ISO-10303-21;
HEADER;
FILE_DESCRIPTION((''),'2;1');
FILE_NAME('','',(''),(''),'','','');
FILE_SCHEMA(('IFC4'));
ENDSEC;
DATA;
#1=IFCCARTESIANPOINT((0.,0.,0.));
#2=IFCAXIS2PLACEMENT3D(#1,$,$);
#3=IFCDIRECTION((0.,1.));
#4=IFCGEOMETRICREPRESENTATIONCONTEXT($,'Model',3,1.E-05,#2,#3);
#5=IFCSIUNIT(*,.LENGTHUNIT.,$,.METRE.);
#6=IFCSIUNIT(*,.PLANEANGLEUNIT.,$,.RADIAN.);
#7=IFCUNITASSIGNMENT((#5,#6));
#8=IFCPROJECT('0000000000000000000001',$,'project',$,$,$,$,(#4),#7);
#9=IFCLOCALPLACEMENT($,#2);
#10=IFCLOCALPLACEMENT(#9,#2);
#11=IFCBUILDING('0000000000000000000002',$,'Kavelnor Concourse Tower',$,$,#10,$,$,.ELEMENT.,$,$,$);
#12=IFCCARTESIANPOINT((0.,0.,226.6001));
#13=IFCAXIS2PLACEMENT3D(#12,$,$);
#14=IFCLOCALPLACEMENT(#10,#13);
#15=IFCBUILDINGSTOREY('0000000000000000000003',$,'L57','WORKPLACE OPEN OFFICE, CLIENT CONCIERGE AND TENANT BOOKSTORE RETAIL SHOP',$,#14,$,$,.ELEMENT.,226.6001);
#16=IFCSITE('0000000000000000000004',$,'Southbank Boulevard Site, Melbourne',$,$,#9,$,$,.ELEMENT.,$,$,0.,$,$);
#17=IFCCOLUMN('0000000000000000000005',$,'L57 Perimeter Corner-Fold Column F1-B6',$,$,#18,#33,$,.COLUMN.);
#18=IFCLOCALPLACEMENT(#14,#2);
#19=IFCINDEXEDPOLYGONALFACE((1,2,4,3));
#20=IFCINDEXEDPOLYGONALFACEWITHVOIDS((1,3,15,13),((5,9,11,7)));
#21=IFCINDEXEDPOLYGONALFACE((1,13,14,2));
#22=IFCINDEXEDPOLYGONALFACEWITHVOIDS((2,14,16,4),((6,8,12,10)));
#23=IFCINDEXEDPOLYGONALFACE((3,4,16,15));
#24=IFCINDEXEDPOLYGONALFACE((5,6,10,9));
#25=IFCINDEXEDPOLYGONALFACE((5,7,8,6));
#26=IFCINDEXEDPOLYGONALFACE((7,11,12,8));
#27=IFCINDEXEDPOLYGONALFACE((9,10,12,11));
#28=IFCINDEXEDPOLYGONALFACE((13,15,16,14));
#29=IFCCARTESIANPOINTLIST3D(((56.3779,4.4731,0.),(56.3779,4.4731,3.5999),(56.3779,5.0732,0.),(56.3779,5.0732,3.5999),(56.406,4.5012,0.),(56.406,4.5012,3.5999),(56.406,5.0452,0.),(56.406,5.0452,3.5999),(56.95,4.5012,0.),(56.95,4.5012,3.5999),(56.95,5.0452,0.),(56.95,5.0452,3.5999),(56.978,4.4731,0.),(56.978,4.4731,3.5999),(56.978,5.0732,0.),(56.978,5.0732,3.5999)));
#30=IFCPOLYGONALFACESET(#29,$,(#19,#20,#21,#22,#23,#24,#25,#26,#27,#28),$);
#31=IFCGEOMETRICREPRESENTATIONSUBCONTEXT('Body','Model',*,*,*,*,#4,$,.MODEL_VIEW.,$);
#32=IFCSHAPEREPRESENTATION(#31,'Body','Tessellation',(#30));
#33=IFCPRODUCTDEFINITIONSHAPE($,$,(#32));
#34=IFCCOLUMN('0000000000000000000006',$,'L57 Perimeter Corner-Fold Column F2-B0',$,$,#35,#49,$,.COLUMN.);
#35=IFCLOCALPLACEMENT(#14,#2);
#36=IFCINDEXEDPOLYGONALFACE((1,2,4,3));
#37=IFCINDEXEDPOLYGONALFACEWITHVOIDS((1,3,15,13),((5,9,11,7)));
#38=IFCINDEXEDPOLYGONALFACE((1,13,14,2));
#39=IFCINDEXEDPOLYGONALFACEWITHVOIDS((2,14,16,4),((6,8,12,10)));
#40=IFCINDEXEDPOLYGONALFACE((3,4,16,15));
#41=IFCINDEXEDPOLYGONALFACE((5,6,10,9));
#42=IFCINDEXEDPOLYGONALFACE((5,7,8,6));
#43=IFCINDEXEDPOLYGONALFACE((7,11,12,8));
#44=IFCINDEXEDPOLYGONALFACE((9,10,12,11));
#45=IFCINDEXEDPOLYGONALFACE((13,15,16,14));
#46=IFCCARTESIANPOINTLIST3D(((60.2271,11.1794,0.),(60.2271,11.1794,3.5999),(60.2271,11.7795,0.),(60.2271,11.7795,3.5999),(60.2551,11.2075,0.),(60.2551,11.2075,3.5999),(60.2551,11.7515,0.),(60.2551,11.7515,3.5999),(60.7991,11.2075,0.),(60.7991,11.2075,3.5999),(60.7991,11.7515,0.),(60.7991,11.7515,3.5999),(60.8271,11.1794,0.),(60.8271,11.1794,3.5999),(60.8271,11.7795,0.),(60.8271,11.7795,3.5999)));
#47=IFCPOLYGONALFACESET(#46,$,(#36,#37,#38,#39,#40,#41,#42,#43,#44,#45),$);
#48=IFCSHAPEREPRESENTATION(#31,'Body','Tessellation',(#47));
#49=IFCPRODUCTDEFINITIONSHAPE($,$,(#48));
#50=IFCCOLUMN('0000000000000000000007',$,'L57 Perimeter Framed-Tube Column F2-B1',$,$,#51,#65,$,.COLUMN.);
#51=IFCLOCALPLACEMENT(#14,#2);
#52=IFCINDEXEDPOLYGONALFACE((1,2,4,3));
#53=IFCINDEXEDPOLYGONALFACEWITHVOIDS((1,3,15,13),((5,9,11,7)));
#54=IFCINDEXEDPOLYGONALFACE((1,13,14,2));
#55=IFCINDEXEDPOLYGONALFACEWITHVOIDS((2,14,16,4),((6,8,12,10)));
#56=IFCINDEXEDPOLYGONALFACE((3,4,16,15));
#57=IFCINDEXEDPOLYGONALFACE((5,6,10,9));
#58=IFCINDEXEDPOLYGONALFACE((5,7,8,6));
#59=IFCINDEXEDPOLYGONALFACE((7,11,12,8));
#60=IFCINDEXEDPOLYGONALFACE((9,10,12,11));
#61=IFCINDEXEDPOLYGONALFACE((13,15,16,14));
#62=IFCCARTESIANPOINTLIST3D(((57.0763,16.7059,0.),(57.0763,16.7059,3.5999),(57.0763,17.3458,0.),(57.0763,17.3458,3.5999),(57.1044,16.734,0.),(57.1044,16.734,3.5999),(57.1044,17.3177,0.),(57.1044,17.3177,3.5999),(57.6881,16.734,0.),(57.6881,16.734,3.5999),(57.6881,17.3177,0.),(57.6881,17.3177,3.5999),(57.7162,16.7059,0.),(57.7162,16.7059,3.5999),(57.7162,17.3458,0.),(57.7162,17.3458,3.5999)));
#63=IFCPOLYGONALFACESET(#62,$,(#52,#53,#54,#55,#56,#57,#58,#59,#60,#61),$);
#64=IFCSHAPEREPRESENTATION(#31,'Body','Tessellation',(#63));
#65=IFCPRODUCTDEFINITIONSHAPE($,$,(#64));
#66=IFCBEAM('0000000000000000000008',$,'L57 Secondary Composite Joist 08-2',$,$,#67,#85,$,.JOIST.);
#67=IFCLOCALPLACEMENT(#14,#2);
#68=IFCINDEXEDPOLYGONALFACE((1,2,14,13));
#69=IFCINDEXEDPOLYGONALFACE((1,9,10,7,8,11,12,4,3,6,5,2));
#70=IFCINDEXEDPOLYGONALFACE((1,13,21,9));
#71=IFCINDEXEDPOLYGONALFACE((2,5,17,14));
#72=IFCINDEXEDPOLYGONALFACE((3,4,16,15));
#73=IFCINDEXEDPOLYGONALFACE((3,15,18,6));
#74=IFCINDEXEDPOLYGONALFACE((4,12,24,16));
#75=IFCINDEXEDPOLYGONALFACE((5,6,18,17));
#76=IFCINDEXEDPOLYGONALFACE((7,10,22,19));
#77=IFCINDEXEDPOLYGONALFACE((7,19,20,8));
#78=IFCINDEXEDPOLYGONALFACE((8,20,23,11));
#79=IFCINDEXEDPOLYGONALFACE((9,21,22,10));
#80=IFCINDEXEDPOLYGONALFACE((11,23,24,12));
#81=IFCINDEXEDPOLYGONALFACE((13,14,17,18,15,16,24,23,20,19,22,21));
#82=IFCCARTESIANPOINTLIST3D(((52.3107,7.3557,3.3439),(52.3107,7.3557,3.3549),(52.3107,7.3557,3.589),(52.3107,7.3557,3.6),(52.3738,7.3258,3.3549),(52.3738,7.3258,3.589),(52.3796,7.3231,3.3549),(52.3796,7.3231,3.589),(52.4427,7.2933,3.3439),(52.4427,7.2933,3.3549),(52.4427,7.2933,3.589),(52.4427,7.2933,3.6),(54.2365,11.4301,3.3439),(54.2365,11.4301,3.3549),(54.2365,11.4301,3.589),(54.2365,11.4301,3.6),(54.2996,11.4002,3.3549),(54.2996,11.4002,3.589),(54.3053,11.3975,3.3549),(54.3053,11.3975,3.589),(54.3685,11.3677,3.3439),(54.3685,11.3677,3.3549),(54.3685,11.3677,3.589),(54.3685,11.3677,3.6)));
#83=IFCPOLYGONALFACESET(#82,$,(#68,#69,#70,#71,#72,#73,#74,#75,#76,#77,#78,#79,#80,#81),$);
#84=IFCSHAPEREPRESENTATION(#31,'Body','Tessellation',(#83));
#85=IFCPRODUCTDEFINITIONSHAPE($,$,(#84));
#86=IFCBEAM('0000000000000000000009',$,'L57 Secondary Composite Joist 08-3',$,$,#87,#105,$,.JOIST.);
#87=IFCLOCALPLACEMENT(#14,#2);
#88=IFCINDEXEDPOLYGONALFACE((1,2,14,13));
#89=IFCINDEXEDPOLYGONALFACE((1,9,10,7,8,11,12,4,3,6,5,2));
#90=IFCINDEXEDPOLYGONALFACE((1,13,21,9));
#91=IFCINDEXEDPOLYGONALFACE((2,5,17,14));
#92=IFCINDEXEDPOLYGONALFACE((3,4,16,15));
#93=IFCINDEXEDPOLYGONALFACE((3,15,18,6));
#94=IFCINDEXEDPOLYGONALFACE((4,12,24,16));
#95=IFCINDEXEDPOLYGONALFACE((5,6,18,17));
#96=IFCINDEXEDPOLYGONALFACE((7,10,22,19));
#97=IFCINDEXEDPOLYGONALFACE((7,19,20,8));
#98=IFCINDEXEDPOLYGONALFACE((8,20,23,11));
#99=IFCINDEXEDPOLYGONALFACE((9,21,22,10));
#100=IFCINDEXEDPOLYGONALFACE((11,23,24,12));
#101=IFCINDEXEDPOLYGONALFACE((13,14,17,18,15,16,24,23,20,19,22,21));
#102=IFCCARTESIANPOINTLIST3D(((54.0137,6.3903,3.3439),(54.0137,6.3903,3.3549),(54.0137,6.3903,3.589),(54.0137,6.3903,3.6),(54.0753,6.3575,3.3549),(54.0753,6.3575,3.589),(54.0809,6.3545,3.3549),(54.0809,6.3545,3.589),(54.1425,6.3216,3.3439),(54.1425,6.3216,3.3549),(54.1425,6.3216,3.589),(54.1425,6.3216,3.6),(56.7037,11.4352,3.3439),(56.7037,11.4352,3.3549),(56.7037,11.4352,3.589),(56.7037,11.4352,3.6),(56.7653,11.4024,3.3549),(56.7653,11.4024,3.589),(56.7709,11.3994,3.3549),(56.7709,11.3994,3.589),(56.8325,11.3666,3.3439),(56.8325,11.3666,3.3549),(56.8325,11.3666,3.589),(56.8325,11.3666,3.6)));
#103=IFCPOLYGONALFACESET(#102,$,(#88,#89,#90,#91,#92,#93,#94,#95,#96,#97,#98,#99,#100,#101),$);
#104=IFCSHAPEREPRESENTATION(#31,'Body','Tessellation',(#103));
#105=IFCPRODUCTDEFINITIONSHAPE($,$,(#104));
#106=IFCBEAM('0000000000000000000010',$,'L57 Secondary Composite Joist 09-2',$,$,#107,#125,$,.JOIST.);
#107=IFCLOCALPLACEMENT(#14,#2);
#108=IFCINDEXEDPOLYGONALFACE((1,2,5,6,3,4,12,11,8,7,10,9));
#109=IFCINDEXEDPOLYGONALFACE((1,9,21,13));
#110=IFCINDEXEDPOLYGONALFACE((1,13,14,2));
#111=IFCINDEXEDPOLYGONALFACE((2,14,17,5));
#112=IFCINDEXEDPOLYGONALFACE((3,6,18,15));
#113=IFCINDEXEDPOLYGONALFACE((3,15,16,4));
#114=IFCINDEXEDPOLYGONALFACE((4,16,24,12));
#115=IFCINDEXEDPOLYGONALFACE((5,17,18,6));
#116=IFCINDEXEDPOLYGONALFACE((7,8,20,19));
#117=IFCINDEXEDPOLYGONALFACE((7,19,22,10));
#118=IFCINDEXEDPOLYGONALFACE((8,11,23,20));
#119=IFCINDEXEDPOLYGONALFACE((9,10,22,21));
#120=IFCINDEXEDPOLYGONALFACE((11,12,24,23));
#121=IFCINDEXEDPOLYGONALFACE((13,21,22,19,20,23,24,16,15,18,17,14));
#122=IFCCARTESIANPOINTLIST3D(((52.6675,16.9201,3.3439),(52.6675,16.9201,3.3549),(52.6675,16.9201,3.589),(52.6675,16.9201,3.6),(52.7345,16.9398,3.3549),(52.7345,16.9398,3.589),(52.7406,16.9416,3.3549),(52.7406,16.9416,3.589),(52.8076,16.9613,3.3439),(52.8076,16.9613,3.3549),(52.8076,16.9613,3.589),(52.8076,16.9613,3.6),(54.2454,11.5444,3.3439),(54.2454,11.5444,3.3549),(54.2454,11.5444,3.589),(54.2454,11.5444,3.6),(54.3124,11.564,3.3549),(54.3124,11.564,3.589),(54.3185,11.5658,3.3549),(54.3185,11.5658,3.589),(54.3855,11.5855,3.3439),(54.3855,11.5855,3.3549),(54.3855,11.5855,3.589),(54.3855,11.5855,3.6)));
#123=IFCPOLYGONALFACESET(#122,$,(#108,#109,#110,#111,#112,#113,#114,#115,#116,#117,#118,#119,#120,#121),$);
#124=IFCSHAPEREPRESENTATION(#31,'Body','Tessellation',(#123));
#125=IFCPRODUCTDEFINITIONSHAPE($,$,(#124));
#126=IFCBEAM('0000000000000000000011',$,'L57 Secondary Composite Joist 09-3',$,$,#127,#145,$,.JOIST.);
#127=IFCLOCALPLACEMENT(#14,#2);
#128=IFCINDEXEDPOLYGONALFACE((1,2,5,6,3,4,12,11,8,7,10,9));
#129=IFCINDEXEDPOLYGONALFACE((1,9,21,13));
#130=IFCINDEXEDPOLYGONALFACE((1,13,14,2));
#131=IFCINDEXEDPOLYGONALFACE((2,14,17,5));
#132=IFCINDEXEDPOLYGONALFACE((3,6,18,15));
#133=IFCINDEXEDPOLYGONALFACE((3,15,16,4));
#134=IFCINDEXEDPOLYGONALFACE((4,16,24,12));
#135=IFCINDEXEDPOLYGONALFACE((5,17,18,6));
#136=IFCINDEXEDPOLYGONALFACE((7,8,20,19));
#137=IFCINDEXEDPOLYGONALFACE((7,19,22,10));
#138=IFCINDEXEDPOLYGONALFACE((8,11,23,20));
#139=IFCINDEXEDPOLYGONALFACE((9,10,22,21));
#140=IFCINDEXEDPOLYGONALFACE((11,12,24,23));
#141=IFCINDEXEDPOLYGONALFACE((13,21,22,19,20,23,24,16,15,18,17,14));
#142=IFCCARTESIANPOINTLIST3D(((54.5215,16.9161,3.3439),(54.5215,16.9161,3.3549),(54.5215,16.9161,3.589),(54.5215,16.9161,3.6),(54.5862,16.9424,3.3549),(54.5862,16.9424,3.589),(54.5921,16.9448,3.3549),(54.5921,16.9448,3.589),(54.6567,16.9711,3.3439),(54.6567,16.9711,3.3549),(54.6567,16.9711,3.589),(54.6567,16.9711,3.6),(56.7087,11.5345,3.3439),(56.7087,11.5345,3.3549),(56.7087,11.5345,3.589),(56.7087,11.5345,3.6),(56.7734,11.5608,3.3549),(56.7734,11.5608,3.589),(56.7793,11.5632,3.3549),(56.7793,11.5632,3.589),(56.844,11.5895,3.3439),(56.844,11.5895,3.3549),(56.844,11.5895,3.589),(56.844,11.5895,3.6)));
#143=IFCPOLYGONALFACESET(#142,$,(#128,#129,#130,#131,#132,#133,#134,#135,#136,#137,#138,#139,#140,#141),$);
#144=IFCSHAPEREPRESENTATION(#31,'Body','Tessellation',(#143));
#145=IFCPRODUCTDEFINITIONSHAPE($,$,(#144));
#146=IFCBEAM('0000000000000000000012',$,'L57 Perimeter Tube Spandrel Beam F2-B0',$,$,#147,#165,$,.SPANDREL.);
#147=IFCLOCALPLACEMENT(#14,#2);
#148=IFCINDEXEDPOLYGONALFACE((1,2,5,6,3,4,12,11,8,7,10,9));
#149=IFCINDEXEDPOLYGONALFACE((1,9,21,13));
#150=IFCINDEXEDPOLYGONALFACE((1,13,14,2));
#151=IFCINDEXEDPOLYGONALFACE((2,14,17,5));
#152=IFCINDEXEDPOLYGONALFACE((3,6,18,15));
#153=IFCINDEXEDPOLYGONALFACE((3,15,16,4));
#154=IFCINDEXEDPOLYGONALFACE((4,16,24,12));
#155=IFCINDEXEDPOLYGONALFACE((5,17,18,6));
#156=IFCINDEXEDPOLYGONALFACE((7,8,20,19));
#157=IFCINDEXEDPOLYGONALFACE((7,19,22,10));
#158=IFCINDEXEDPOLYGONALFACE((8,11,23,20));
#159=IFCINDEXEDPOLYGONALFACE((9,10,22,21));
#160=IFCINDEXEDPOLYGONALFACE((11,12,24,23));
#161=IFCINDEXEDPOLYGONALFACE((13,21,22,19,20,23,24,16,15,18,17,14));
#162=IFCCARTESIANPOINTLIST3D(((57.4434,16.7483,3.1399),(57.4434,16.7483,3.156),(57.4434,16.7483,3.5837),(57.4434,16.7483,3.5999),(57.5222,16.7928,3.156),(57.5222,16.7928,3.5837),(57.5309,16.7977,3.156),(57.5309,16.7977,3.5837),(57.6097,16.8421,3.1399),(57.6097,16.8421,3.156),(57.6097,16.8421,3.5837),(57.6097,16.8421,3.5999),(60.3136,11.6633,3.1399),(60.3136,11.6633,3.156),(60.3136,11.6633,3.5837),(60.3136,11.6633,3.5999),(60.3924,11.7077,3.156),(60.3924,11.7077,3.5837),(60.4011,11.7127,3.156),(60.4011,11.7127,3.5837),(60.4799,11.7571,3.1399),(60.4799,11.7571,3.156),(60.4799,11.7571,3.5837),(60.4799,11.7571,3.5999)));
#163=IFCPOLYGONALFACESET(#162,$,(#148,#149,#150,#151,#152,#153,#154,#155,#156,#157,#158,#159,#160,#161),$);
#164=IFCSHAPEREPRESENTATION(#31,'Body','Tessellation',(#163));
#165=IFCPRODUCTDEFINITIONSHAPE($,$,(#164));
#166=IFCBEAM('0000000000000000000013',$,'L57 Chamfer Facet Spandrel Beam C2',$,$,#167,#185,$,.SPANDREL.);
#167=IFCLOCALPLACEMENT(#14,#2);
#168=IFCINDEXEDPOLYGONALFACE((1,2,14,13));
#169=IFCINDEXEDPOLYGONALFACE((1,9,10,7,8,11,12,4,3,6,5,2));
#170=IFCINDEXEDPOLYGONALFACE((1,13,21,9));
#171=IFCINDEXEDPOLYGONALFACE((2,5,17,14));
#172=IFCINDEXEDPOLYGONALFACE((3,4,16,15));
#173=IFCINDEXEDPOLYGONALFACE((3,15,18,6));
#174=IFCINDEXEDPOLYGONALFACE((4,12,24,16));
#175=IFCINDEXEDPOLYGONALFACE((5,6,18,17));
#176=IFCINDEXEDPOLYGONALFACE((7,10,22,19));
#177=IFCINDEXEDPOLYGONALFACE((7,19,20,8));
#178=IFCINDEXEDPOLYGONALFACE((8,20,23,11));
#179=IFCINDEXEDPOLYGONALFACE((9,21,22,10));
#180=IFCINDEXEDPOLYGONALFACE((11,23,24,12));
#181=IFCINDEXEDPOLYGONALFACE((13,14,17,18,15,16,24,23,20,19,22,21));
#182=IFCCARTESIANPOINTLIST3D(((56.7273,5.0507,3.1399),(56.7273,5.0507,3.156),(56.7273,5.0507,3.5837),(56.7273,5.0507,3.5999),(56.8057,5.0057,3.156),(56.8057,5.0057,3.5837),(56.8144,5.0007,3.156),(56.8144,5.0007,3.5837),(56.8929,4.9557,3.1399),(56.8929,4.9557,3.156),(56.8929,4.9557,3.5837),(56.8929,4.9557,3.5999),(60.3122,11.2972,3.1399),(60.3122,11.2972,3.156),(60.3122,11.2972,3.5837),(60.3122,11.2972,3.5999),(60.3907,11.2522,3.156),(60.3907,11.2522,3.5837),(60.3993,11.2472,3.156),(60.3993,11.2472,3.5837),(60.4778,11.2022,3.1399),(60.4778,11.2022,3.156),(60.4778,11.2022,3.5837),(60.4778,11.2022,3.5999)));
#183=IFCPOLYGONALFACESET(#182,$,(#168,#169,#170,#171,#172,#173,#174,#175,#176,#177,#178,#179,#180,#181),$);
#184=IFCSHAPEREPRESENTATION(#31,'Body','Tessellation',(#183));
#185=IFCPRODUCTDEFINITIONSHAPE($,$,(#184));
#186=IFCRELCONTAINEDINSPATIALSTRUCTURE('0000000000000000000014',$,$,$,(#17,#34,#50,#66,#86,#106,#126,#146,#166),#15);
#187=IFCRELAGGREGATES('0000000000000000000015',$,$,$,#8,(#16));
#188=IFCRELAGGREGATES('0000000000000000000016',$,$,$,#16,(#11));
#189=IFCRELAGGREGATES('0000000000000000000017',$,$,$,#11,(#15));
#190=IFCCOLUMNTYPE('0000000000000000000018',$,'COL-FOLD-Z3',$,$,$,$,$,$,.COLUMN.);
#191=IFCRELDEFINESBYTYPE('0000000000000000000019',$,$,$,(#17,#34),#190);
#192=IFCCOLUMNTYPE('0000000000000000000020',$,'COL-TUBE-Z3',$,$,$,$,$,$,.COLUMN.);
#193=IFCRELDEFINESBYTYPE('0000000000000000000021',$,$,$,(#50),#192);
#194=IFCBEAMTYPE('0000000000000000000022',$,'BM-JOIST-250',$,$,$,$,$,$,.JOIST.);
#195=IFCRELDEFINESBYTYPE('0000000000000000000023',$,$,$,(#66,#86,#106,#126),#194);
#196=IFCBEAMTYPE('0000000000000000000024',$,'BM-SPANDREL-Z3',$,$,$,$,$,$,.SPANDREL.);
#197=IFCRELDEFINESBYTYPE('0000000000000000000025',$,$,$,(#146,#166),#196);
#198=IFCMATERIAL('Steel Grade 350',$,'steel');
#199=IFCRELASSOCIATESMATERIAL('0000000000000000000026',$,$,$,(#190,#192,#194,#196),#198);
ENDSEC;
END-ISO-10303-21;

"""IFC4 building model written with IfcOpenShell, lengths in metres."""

from ifc_helpers import new_model, si_unit, direction, frame, origin, origin_2d, place, context, subcontext, project, spatial, hollow_rectangle, i_section, extrude, material, material_profile, profile_set, type_object, element, save


model = new_model("IFC4")

# Units and contexts
model_context = context("Model", 3, precision=1e-05, world=origin(), true_north=direction((0.0, 1.0)))
body_context = subcontext(model_context, "Body", "Model", "MODEL_VIEW")
ifc_project = project(units=[si_unit("LENGTHUNIT", "METRE"), si_unit("PLANEANGLEUNIT", "RADIAN")], contexts=[model_context])

# Site, building, storey
site_placement = place(None, origin())
site = spatial("IfcSite", under=ifc_project, at=site_placement, Name="Southbank Boulevard Site, Melbourne", CompositionType="ELEMENT", RefElevation=0.0)
building_placement = place(site_placement, origin())
building = spatial("IfcBuilding", under=site, at=building_placement, Name="Kavelnor Concourse Tower", CompositionType="ELEMENT")
storey_placement = place(building_placement, frame((0.0, 0.0, 226.6001)))
storey = spatial("IfcBuildingStorey", under=building, at=storey_placement, Name="L57", Description="WORKPLACE OPEN OFFICE, CLIENT CONCIERGE AND TENANT BOOKSTORE RETAIL SHOP", CompositionType="ELEMENT", Elevation=226.6001)

# Columns
ifc_material_1 = material(Name="Steel Grade 350", Category="steel")
ifc_material_profile_1 = material_profile(ifc_material_1, hollow_rectangle(XDim=0.6001, YDim=0.6001, WallThickness=0.0281, at=origin_2d()), Name="SHS 600x600x28")
ifc_profile_set_1 = profile_set([ifc_material_profile_1], Name="Steel Grade 350")
column_type_1 = type_object("IfcColumnType", Name="COL-FOLD-Z3", PredefinedType="COLUMN", material=ifc_profile_set_1)
for number, where, z_axis, x_axis, name in (
    (1, (56.678, 4.7732, 0.0), (0.0, 0.0, 1.0), (1.0, 0.0, 0.0), "L57 Perimeter Corner-Fold Column F1-B6"),
    (2, (60.5271, 11.4795, 0.0), (0.0, 0.0, 1.0), (1.0, 0.0, 0.0), "L57 Perimeter Corner-Fold Column F2-B0"),
):
    element("IfcColumn", number, at=place(storey_placement, frame(where, z_axis=z_axis, x_axis=x_axis)), inside=storey, type_object=column_type_1, Name=name, PredefinedType="COLUMN", context=body_context, shape_type="SweptSolid", body=[
        extrude(hollow_rectangle(XDim=0.6001, YDim=0.6001, WallThickness=0.0281, at=origin_2d()), origin(), (0.0, 0.0, 1.0), 3.5999),
    ])
ifc_material_profile_2 = material_profile(ifc_material_1, hollow_rectangle(XDim=0.6399, YDim=0.6399, WallThickness=0.0281, at=origin_2d()), Name="SHS 640x640x28")
ifc_profile_set_2 = profile_set([ifc_material_profile_2], Name="Steel Grade 350")
column_type_2 = type_object("IfcColumnType", Name="COL-TUBE-Z3", PredefinedType="COLUMN", material=ifc_profile_set_2)
column_placement = place(storey_placement, frame((57.3962, 17.0259, 0.0), z_axis=(0.0, 0.0, 1.0), x_axis=(1.0, 0.0, 0.0)))
element("IfcColumn", 3, at=column_placement, inside=storey, type_object=column_type_2, Name="L57 Perimeter Framed-Tube Column F2-B1", PredefinedType="COLUMN", context=body_context, shape_type="SweptSolid", body=[
    extrude(hollow_rectangle(XDim=0.6399, YDim=0.6399, WallThickness=0.0281, at=origin_2d()), origin(), (0.0, 0.0, 1.0), 3.5999),
])

# Beams
ifc_material_profile_3 = material_profile(ifc_material_1, i_section(OverallWidth=0.146, OverallDepth=0.2561, WebThickness=0.0063, FlangeThickness=0.011, at=origin_2d()), Name="250UB37")
ifc_profile_set_3 = profile_set([ifc_material_profile_3], Name="Steel Grade 350")
beam_type_1 = type_object("IfcBeamType", Name="BM-JOIST-250", PredefinedType="JOIST", material=ifc_profile_set_3)
beam_1_placement = place(storey_placement, frame((52.3767, 7.3245, 3.4719), z_axis=(0.42732, 0.9041, 0.0), x_axis=(-0.9041, 0.42732, 0.0)))
element("IfcBeam", 4, at=beam_1_placement, inside=storey, type_object=beam_type_1, Name="L57 Secondary Composite Joist 08-2", PredefinedType="JOIST", context=body_context, shape_type="SweptSolid", body=[
    extrude(i_section(OverallWidth=0.146, OverallDepth=0.2561, WebThickness=0.0063, FlangeThickness=0.011, at=origin_2d()), origin(), (0.0, 0.0, 1.0), 4.5066),
])
beam_2_placement = place(storey_placement, frame((54.0781, 6.356, 3.4719), z_axis=(0.470495, 0.882403, 0.0), x_axis=(-0.882403, 0.470495, 0.0)))
element("IfcBeam", 5, at=beam_2_placement, inside=storey, type_object=beam_type_1, Name="L57 Secondary Composite Joist 08-3", PredefinedType="JOIST", context=body_context, shape_type="SweptSolid", body=[
    extrude(i_section(OverallWidth=0.146, OverallDepth=0.2561, WebThickness=0.0063, FlangeThickness=0.011, at=origin_2d()), origin(), (0.0, 0.0, 1.0), 5.7173),
])
beam_3_placement = place(storey_placement, frame((54.3154, 11.5649, 3.4719), z_axis=(-0.281638, 0.959521, 0.0), x_axis=(-0.959521, -0.281638, 0.0)))
element("IfcBeam", 6, at=beam_3_placement, inside=storey, type_object=beam_type_1, Name="L57 Secondary Composite Joist 09-2", PredefinedType="JOIST", context=body_context, shape_type="SweptSolid", body=[
    extrude(i_section(OverallWidth=0.146, OverallDepth=0.2561, WebThickness=0.0063, FlangeThickness=0.011, at=origin_2d()), origin(), (0.0, 0.0, 1.0), 5.6025),
])
beam_4_placement = place(storey_placement, frame((56.7764, 11.562, 3.4719), z_axis=(-0.376522, 0.926407, 0.0), x_axis=(-0.926407, -0.376522, 0.0)))
element("IfcBeam", 7, at=beam_4_placement, inside=storey, type_object=beam_type_1, Name="L57 Secondary Composite Joist 09-3", PredefinedType="JOIST", context=body_context, shape_type="SweptSolid", body=[
    extrude(i_section(OverallWidth=0.146, OverallDepth=0.2561, WebThickness=0.0063, FlangeThickness=0.011, at=origin_2d()), origin(), (0.0, 0.0, 1.0), 5.8091),
])
ifc_material_profile_4 = material_profile(ifc_material_1, i_section(OverallWidth=0.1909, OverallDepth=0.46, WebThickness=0.01, FlangeThickness=0.0161, at=origin_2d()), Name="460UB82")
ifc_profile_set_4 = profile_set([ifc_material_profile_4], Name="Steel Grade 350")
beam_type_2 = type_object("IfcBeamType", Name="BM-SPANDREL-Z3", PredefinedType="SPANDREL", material=ifc_profile_set_4)
beam_5_placement = place(storey_placement, frame((60.3967, 11.7102, 3.3699), z_axis=(-0.491539, 0.870855, 0.0), x_axis=(-0.870855, -0.491539, 0.0)))
element("IfcBeam", 8, at=beam_5_placement, inside=storey, type_object=beam_type_2, Name="L57 Perimeter Tube Spandrel Beam F2-B0", PredefinedType="SPANDREL", context=body_context, shape_type="SweptSolid", body=[
    extrude(i_section(OverallWidth=0.1909, OverallDepth=0.46, WebThickness=0.01, FlangeThickness=0.0161, at=origin_2d()), origin(), (0.0, 0.0, 1.0), 5.8391),
])
beam_6_placement = place(storey_placement, frame((56.8101, 5.0032, 3.3699), z_axis=(0.497759, 0.867315, 0.0), x_axis=(-0.867315, 0.497759, 0.0)))
element("IfcBeam", 9, at=beam_6_placement, inside=storey, type_object=beam_type_2, Name="L57 Chamfer Facet Spandrel Beam C2", PredefinedType="SPANDREL", context=body_context, shape_type="SweptSolid", body=[
    extrude(i_section(OverallWidth=0.1909, OverallDepth=0.46, WebThickness=0.01, FlangeThickness=0.0161, at=origin_2d()), origin(), (0.0, 0.0, 1.0), 7.2021),
])

save(model, "model.ifc")
